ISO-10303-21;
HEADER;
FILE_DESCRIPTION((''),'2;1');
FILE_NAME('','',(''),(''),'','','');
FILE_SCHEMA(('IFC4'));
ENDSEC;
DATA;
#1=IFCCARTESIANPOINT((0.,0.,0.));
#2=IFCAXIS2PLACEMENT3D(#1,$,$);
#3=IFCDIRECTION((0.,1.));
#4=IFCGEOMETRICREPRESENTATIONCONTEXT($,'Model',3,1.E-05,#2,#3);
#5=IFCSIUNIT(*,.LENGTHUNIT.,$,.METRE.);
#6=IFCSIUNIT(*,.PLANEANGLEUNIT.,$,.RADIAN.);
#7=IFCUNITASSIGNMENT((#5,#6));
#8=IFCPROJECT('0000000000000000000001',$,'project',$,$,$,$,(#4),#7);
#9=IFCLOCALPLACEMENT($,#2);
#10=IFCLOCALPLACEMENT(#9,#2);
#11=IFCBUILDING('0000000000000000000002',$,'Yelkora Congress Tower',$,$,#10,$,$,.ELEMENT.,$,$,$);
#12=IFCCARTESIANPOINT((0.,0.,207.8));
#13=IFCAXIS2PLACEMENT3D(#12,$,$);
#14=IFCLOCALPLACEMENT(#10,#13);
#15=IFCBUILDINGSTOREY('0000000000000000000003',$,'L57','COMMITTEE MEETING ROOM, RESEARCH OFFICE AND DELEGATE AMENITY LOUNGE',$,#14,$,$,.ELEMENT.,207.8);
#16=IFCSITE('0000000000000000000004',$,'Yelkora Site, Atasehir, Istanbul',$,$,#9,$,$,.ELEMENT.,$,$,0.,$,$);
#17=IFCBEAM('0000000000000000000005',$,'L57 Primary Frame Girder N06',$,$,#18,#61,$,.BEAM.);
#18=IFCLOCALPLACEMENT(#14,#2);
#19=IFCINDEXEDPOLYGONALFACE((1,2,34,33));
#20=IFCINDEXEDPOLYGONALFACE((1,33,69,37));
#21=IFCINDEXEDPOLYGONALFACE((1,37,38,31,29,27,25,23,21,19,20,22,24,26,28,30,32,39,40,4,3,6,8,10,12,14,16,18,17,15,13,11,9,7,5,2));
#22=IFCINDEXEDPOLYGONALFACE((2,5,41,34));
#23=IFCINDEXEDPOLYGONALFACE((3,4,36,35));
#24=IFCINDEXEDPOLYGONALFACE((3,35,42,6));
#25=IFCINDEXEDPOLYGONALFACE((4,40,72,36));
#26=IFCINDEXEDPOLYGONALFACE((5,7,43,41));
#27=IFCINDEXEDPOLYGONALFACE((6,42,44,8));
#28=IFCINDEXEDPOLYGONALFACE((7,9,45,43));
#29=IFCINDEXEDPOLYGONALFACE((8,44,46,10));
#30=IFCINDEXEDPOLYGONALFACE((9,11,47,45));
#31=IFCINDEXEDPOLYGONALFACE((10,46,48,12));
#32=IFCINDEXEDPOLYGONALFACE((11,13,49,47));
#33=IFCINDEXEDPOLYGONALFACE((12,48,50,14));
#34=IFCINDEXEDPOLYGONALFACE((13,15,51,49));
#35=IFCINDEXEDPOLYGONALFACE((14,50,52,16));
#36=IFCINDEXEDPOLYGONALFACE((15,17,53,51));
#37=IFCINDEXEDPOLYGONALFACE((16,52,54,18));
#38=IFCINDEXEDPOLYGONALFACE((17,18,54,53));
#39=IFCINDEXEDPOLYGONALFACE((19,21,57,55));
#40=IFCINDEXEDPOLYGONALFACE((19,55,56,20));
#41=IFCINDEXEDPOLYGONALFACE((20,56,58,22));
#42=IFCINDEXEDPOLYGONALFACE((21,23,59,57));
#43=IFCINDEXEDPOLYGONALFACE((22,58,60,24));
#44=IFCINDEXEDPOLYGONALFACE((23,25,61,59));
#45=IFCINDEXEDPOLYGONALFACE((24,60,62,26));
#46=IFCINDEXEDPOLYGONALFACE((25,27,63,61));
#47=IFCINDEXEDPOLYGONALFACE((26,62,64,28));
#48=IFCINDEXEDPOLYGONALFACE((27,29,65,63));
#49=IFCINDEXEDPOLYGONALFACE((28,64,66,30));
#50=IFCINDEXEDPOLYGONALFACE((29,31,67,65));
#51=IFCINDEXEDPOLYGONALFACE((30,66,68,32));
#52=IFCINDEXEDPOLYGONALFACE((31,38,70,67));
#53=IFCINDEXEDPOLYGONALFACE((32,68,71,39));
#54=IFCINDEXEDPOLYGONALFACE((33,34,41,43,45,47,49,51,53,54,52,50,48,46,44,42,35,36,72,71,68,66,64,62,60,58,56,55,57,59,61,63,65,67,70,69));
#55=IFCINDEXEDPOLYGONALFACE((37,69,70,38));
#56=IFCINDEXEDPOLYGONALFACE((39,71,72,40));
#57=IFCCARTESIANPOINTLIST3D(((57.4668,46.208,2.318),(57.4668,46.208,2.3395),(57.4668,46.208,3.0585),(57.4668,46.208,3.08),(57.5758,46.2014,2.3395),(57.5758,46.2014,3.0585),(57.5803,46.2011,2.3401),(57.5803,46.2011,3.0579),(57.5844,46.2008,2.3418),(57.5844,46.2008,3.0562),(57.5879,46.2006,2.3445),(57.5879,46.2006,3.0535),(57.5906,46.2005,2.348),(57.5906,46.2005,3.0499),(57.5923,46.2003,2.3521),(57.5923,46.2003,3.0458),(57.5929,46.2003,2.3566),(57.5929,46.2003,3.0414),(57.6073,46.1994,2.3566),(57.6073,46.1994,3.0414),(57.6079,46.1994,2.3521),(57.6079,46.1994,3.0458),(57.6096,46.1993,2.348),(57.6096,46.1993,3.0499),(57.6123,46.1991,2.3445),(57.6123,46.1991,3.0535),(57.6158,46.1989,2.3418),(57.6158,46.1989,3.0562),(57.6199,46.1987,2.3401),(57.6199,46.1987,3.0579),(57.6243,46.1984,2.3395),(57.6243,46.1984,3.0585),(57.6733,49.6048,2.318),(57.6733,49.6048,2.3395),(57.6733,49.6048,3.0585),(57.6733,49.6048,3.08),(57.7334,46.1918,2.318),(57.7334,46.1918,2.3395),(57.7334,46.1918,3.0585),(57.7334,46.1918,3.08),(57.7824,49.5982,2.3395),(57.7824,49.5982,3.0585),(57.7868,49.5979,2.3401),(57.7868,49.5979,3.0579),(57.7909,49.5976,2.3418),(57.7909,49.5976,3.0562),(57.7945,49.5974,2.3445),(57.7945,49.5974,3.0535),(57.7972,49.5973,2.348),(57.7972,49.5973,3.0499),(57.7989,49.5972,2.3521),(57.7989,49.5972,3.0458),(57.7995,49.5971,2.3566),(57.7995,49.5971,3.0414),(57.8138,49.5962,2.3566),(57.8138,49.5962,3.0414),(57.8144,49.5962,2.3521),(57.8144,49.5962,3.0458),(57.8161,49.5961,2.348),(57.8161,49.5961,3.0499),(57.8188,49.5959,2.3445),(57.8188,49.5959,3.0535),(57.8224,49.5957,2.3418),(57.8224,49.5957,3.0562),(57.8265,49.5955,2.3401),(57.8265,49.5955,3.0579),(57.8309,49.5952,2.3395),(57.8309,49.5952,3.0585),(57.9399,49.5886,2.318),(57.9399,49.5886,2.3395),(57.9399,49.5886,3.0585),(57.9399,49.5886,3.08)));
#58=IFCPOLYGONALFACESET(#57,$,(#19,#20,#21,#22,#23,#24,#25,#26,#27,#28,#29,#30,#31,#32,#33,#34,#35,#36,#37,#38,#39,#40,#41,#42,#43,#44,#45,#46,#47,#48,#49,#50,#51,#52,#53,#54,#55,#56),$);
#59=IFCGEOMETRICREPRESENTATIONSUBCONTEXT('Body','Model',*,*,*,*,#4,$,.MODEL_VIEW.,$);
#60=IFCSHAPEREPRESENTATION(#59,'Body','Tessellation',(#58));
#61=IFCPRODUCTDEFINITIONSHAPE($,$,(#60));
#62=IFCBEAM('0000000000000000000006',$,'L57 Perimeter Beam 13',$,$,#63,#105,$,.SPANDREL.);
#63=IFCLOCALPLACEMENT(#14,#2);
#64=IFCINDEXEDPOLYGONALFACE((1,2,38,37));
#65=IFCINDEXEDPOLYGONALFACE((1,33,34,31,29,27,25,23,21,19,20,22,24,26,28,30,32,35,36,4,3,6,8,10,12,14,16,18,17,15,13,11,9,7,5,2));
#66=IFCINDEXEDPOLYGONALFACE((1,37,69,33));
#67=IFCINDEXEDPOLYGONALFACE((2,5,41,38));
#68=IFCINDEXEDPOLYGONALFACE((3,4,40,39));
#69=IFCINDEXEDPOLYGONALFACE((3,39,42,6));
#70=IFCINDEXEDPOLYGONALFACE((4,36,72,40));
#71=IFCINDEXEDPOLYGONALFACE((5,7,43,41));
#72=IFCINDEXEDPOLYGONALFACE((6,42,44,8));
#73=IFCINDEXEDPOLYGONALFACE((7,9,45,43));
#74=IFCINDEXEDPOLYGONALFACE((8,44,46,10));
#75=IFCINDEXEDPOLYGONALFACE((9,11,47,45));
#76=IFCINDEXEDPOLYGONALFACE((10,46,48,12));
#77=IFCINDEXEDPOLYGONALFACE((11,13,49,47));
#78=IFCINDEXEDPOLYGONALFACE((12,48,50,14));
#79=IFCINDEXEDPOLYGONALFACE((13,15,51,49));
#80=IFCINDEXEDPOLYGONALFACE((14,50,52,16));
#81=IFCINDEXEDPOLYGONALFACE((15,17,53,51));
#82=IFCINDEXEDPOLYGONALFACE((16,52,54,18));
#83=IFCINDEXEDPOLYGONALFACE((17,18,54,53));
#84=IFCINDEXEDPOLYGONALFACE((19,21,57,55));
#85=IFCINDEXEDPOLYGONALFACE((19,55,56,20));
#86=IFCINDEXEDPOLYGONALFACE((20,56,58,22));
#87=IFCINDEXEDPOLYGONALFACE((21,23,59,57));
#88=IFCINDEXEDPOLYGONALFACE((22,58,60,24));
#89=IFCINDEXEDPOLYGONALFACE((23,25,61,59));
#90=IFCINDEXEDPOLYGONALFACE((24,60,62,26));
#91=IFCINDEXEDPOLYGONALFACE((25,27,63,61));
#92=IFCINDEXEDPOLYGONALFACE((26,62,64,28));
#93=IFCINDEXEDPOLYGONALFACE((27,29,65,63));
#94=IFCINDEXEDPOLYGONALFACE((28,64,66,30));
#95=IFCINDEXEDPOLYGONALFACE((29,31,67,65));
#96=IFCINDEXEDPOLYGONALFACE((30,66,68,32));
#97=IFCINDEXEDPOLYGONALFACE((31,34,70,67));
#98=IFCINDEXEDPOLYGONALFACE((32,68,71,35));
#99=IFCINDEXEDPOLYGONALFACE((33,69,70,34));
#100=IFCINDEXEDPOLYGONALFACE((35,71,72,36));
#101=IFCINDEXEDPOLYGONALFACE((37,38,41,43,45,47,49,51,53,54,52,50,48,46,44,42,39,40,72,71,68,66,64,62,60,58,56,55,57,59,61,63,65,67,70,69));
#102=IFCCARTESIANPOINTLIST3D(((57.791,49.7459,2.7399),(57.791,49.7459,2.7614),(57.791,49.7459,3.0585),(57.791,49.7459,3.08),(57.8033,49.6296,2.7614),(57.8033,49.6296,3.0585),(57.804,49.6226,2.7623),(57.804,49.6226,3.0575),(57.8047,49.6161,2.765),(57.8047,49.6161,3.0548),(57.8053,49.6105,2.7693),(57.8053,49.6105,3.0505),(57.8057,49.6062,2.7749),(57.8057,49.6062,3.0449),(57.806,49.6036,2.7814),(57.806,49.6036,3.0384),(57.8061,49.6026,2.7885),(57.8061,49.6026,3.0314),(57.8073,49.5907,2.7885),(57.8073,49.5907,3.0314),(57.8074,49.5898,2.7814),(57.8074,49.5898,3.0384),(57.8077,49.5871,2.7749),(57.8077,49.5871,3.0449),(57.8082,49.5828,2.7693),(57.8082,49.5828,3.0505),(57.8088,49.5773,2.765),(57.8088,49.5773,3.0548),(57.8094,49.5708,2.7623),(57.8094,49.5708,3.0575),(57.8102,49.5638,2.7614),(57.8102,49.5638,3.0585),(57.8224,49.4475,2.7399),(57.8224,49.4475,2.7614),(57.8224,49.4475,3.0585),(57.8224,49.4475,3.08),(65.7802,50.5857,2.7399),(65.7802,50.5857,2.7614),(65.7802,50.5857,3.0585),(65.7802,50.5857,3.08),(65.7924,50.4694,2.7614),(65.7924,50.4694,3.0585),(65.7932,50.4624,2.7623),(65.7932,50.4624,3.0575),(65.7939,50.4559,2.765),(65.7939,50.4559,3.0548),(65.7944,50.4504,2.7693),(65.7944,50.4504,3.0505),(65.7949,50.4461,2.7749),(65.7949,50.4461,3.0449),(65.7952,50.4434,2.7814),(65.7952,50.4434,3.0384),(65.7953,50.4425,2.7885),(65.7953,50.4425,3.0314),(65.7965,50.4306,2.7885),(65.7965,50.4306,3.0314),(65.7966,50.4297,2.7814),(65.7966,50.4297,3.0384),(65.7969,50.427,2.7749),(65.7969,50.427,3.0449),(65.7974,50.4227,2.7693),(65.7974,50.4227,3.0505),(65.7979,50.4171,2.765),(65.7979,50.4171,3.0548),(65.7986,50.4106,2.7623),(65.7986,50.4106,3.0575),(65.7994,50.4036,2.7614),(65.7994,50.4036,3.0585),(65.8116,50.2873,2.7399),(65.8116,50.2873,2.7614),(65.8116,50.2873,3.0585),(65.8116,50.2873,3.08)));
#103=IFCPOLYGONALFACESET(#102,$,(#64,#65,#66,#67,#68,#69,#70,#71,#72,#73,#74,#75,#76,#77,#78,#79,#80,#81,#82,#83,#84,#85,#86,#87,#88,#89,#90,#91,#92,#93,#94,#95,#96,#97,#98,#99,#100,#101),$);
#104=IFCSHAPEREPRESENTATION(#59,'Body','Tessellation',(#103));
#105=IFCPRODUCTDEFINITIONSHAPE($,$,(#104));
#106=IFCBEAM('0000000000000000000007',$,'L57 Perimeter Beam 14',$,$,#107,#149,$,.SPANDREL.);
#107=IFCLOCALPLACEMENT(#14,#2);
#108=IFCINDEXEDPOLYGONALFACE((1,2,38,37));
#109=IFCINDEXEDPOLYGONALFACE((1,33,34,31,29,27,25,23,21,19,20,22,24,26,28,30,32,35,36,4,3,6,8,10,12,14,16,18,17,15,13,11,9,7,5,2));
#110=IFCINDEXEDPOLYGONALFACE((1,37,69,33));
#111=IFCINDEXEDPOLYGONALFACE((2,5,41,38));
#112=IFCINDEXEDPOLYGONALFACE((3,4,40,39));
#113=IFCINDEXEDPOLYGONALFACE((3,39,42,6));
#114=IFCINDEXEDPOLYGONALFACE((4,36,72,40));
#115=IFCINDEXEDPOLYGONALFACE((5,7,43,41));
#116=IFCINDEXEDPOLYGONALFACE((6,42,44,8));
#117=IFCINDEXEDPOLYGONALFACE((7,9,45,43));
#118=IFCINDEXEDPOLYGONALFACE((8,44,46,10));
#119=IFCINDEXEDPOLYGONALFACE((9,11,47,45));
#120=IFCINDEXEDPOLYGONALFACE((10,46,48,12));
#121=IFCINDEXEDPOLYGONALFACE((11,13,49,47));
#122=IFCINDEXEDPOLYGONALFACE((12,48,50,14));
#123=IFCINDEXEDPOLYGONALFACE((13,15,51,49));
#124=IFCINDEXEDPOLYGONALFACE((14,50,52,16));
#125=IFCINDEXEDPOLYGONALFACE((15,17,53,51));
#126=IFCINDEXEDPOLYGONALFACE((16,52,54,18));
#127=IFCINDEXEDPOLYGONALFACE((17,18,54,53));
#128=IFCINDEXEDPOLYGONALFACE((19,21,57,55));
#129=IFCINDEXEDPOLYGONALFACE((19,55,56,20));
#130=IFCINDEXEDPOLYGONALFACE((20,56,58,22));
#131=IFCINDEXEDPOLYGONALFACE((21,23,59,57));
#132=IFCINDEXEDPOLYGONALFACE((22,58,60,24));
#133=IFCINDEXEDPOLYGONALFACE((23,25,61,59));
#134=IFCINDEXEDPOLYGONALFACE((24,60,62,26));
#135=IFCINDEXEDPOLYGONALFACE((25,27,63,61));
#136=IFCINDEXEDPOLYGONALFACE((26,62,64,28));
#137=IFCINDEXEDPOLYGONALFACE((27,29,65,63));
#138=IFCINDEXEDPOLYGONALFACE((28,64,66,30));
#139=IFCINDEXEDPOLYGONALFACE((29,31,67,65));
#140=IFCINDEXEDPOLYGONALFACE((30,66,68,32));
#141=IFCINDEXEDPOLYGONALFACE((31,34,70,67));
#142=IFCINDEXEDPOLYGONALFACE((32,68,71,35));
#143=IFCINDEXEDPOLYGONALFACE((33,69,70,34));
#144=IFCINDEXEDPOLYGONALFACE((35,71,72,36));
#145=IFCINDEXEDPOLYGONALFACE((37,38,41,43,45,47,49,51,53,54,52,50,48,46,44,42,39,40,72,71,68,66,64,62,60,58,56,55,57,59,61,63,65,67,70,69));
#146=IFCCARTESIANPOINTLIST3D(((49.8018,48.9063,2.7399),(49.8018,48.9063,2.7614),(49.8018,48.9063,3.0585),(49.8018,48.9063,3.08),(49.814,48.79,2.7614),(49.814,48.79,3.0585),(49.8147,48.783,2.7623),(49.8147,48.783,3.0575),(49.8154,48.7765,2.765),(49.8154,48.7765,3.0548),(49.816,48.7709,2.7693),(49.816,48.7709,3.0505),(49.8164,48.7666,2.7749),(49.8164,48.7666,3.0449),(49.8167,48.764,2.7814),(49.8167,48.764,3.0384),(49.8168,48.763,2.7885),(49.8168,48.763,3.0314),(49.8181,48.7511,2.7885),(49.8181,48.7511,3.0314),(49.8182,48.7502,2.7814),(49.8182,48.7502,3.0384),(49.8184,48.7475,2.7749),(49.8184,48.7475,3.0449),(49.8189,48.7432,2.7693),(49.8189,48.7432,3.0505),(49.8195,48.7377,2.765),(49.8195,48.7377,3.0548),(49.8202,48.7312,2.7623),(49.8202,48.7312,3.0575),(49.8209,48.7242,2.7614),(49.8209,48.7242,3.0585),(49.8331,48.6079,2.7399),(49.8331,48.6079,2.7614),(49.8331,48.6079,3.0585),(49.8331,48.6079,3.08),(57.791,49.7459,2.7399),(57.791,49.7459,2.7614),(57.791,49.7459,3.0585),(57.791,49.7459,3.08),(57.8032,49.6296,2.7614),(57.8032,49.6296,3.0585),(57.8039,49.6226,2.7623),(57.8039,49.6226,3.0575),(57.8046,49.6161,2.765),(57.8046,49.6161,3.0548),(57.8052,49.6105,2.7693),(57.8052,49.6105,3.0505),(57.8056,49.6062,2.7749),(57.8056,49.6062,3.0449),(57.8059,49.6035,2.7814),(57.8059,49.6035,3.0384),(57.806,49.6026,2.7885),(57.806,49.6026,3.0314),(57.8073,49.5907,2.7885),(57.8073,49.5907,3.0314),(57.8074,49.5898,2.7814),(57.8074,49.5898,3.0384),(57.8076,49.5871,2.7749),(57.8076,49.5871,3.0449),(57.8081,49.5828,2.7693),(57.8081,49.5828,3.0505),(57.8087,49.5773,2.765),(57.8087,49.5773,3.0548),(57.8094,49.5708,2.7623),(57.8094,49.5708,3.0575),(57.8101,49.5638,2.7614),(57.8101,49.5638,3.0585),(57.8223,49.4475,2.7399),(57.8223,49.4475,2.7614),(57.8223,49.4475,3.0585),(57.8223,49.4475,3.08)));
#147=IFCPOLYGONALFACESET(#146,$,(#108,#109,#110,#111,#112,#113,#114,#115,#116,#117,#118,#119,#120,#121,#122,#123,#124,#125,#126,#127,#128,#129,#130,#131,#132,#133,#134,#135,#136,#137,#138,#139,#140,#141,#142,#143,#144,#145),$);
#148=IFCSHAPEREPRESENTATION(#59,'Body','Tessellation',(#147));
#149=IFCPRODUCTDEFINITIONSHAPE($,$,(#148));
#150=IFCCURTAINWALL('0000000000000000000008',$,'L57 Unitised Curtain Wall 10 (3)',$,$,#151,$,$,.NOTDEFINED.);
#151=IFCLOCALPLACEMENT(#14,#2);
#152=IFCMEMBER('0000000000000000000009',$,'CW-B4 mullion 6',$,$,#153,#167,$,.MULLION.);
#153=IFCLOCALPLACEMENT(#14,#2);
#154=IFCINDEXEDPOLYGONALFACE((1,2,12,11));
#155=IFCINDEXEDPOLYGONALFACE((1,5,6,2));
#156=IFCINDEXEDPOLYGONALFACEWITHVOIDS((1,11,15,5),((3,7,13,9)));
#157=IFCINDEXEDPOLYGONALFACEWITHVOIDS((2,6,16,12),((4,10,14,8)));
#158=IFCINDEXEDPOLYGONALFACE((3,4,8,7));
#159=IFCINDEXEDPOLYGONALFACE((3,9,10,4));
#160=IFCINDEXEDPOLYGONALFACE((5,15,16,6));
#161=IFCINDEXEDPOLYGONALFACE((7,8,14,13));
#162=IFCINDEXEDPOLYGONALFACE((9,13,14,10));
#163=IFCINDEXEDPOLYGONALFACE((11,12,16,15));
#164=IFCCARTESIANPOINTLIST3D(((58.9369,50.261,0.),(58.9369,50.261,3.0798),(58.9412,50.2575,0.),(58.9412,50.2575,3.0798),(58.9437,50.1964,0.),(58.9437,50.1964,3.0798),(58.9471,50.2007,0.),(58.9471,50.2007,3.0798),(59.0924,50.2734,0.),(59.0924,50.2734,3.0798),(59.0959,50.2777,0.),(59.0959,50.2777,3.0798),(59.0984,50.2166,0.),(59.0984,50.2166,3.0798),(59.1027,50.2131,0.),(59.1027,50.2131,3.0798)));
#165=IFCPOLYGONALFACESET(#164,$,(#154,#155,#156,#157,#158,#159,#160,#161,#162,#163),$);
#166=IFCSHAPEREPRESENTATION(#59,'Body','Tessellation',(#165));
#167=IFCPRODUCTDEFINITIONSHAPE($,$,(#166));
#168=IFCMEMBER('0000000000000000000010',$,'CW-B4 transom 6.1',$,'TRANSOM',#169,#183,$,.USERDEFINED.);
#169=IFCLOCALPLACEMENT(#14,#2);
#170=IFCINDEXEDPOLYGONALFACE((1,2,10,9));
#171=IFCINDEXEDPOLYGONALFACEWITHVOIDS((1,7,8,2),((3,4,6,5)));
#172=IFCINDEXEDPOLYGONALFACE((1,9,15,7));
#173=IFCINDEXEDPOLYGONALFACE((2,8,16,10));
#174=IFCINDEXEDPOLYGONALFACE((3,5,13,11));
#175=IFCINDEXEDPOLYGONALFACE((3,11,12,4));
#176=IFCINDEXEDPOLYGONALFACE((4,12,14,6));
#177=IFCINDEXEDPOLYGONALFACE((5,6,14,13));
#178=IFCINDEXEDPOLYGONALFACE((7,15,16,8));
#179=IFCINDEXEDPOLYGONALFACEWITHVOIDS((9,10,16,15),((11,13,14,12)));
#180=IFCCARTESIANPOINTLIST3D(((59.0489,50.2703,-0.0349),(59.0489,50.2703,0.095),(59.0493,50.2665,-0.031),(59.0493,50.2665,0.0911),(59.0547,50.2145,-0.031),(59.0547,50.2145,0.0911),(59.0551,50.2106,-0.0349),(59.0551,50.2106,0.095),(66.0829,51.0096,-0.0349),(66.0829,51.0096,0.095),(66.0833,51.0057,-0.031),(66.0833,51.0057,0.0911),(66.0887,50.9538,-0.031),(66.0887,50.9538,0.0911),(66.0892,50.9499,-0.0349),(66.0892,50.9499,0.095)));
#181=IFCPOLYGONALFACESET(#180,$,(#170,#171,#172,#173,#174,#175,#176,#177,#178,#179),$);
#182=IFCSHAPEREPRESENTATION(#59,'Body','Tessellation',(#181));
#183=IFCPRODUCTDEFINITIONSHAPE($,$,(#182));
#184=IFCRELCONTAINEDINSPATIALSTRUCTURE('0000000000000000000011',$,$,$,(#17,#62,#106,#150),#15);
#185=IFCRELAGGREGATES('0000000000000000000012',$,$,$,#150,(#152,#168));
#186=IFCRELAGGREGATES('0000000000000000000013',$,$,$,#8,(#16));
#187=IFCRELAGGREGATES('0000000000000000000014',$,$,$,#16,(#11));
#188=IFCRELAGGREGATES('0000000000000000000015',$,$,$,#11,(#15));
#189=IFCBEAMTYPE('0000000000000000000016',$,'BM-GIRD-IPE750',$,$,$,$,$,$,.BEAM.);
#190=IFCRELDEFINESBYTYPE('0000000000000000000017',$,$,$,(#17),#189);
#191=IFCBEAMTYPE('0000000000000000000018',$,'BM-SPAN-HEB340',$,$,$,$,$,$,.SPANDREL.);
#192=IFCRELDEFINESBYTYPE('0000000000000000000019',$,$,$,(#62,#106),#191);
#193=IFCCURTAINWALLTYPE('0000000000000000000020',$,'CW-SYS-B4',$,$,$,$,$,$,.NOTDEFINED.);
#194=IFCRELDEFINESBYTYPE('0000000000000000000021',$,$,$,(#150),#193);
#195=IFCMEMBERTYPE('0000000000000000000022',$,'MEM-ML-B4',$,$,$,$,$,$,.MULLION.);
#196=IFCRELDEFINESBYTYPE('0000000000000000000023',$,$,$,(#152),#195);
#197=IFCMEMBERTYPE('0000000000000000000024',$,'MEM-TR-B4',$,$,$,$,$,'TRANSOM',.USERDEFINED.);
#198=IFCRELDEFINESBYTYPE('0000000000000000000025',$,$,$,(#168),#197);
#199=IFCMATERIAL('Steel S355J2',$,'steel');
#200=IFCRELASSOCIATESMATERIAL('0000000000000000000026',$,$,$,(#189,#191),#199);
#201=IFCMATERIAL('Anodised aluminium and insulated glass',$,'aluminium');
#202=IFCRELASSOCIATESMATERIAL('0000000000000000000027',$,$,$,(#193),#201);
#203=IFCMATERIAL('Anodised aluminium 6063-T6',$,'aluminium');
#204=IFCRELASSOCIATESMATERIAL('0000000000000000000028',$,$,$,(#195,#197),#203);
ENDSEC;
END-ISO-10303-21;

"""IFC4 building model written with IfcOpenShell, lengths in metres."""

from ifc_helpers import new_model, si_unit, direction, frame, origin, origin_2d, place, context, subcontext, project, spatial, hollow_rectangle, i_section, extrude, material, material_profile, profile_set, type_object, element, aggregate, save


model = new_model("IFC4")

# Units and contexts
model_context = context("Model", 3, precision=1e-05, world=origin(), true_north=direction((0.0, 1.0)))
body_context = subcontext(model_context, "Body", "Model", "MODEL_VIEW")
ifc_project = project(units=[si_unit("LENGTHUNIT", "METRE"), si_unit("PLANEANGLEUNIT", "RADIAN")], contexts=[model_context])

# Site, building, storey
site_placement = place(None, origin())
site = spatial("IfcSite", under=ifc_project, at=site_placement, Name="Yelkora Site, Atasehir, Istanbul", CompositionType="ELEMENT", RefElevation=0.0)
building_placement = place(site_placement, origin())
building = spatial("IfcBuilding", under=site, at=building_placement, Name="Yelkora Congress Tower", CompositionType="ELEMENT")
storey_placement = place(building_placement, frame((0.0, 0.0, 207.8)))
storey = spatial("IfcBuildingStorey", under=building, at=storey_placement, Name="L57", Description="COMMITTEE MEETING ROOM, RESEARCH OFFICE AND DELEGATE AMENITY LOUNGE", CompositionType="ELEMENT", Elevation=207.8)

# Shared definitions
ifc_material_1 = material(Name="Steel S355J2", Category="steel")

# Beams
ifc_material_profile_1 = material_profile(ifc_material_1, i_section(OverallWidth=0.2671, OverallDepth=0.762, WebThickness=0.0144, FlangeThickness=0.0215, FilletRadius=0.0171, at=origin_2d()), Name="IPE 750x173")
ifc_profile_set_1 = profile_set([ifc_material_profile_1], Name="Steel S355J2")
beam_type_1 = type_object("IfcBeamType", Name="BM-GIRD-IPE750", PredefinedType="BEAM", material=ifc_profile_set_1)
beam_placement = place(storey_placement, frame((57.8066, 49.5967, 2.699), z_axis=(-0.060694, -0.998156, 0.0), x_axis=(0.998156, -0.060694, 0.0)))
element("IfcBeam", 1, at=beam_placement, inside=storey, type_object=beam_type_1, Name="L57 Primary Frame Girder N06", PredefinedType="BEAM", context=body_context, shape_type="SweptSolid", body=[
    extrude(i_section(OverallWidth=0.2671, OverallDepth=0.762, WebThickness=0.0144, FlangeThickness=0.0215, FilletRadius=0.0171, at=origin_2d()), origin(), (0.0, 0.0, 1.0), 3.4031),
])
ifc_material_profile_2 = material_profile(ifc_material_1, i_section(OverallWidth=0.3, OverallDepth=0.3401, WebThickness=0.012, FlangeThickness=0.0215, FilletRadius=0.0271, at=origin_2d()), Name="HEB 340")
ifc_profile_set_2 = profile_set([ifc_material_profile_2], Name="Steel S355J2")
beam_type_2 = type_object("IfcBeamType", Name="BM-SPAN-HEB340", PredefinedType="SPANDREL", material=ifc_profile_set_2)
for number, where, z_axis, x_axis, name in (
    (2, (65.7959, 50.4365, 2.9099), (-0.99452, -0.104546, 0.0), (0.104546, -0.99452, 0.0), "L57 Perimeter Beam 13"),
    (3, (57.8066, 49.5967, 2.9099), (-0.994523, -0.104516, 0.0), (0.104516, -0.994523, 0.0), "L57 Perimeter Beam 14"),
):
    element("IfcBeam", number, at=place(storey_placement, frame(where, z_axis=z_axis, x_axis=x_axis)), inside=storey, type_object=beam_type_2, Name=name, PredefinedType="SPANDREL", context=body_context, shape_type="SweptSolid", body=[
        extrude(i_section(OverallWidth=0.3, OverallDepth=0.3401, WebThickness=0.012, FlangeThickness=0.0215, FilletRadius=0.0271, at=origin_2d()), origin(), (0.0, 0.0, 1.0), 8.0332),
    ])

# Curtain wall, members
ifc_material_2 = material(Name="Anodised aluminium and insulated glass", Category="aluminium")
curtain_wall_type = type_object("IfcCurtainWallType", Name="CW-SYS-B4", PredefinedType="NOTDEFINED", material=ifc_material_2)
curtain_wall_placement = place(storey_placement, origin())
curtain_wall = element("IfcCurtainWall", 4, at=curtain_wall_placement, inside=storey, type_object=curtain_wall_type, Name="L57 Unitised Curtain Wall 10 (3)", PredefinedType="NOTDEFINED")
ifc_material_3 = material(Name="Anodised aluminium 6063-T6", Category="aluminium")
ifc_material_profile_3 = material_profile(ifc_material_3, hollow_rectangle(XDim=0.0649, YDim=0.1599, WallThickness=0.0039, at=origin_2d()), Name="ALU 65x160x4")
ifc_profile_set_3 = profile_set([ifc_material_profile_3], Name="Anodised aluminium 6063-T6")
member_type_1 = type_object("IfcMemberType", Name="MEM-ML-B4", PredefinedType="MULLION", material=ifc_profile_set_3)
member_1_placement = place(storey_placement, frame((59.0198, 50.2371, 0.0), z_axis=(0.0, 0.0, 1.0), x_axis=(-0.104528, 0.994522, 0.0)))
member_1 = element("IfcMember", 5, at=member_1_placement, type_object=member_type_1, Name="CW-B4 mullion 6", PredefinedType="MULLION", context=body_context, shape_type="SweptSolid", body=[
    extrude(hollow_rectangle(XDim=0.0649, YDim=0.1599, WallThickness=0.0039, at=origin_2d()), origin(), (0.0, 0.0, 1.0), 3.0798),
])
ifc_material_profile_4 = material_profile(ifc_material_3, hollow_rectangle(XDim=0.0601, YDim=0.1299, WallThickness=0.0039, at=origin_2d()), Name="ALU 60x130x4")
ifc_profile_set_4 = profile_set([ifc_material_profile_4], Name="Anodised aluminium 6063-T6")
member_type_2 = type_object("IfcMemberType", Name="MEM-TR-B4", ElementType="TRANSOM", PredefinedType="USERDEFINED", material=ifc_profile_set_4)
member_2_placement = place(storey_placement, frame((59.052, 50.2405, 0.03), z_axis=(0.994522, 0.104523, 0.0), x_axis=(-0.104523, 0.994522, 0.0)))
member_2 = element("IfcMember", 6, at=member_2_placement, type_object=member_type_2, Name="CW-B4 transom 6.1", ObjectType="TRANSOM", PredefinedType="USERDEFINED", context=body_context, shape_type="SweptSolid", body=[
    extrude(hollow_rectangle(XDim=0.0601, YDim=0.1299, WallThickness=0.0039, at=origin_2d()), origin(), (0.0, 0.0, 1.0), 7.0728),
])
aggregate(curtain_wall, [member_1, member_2])

save(model, "model.ifc")
